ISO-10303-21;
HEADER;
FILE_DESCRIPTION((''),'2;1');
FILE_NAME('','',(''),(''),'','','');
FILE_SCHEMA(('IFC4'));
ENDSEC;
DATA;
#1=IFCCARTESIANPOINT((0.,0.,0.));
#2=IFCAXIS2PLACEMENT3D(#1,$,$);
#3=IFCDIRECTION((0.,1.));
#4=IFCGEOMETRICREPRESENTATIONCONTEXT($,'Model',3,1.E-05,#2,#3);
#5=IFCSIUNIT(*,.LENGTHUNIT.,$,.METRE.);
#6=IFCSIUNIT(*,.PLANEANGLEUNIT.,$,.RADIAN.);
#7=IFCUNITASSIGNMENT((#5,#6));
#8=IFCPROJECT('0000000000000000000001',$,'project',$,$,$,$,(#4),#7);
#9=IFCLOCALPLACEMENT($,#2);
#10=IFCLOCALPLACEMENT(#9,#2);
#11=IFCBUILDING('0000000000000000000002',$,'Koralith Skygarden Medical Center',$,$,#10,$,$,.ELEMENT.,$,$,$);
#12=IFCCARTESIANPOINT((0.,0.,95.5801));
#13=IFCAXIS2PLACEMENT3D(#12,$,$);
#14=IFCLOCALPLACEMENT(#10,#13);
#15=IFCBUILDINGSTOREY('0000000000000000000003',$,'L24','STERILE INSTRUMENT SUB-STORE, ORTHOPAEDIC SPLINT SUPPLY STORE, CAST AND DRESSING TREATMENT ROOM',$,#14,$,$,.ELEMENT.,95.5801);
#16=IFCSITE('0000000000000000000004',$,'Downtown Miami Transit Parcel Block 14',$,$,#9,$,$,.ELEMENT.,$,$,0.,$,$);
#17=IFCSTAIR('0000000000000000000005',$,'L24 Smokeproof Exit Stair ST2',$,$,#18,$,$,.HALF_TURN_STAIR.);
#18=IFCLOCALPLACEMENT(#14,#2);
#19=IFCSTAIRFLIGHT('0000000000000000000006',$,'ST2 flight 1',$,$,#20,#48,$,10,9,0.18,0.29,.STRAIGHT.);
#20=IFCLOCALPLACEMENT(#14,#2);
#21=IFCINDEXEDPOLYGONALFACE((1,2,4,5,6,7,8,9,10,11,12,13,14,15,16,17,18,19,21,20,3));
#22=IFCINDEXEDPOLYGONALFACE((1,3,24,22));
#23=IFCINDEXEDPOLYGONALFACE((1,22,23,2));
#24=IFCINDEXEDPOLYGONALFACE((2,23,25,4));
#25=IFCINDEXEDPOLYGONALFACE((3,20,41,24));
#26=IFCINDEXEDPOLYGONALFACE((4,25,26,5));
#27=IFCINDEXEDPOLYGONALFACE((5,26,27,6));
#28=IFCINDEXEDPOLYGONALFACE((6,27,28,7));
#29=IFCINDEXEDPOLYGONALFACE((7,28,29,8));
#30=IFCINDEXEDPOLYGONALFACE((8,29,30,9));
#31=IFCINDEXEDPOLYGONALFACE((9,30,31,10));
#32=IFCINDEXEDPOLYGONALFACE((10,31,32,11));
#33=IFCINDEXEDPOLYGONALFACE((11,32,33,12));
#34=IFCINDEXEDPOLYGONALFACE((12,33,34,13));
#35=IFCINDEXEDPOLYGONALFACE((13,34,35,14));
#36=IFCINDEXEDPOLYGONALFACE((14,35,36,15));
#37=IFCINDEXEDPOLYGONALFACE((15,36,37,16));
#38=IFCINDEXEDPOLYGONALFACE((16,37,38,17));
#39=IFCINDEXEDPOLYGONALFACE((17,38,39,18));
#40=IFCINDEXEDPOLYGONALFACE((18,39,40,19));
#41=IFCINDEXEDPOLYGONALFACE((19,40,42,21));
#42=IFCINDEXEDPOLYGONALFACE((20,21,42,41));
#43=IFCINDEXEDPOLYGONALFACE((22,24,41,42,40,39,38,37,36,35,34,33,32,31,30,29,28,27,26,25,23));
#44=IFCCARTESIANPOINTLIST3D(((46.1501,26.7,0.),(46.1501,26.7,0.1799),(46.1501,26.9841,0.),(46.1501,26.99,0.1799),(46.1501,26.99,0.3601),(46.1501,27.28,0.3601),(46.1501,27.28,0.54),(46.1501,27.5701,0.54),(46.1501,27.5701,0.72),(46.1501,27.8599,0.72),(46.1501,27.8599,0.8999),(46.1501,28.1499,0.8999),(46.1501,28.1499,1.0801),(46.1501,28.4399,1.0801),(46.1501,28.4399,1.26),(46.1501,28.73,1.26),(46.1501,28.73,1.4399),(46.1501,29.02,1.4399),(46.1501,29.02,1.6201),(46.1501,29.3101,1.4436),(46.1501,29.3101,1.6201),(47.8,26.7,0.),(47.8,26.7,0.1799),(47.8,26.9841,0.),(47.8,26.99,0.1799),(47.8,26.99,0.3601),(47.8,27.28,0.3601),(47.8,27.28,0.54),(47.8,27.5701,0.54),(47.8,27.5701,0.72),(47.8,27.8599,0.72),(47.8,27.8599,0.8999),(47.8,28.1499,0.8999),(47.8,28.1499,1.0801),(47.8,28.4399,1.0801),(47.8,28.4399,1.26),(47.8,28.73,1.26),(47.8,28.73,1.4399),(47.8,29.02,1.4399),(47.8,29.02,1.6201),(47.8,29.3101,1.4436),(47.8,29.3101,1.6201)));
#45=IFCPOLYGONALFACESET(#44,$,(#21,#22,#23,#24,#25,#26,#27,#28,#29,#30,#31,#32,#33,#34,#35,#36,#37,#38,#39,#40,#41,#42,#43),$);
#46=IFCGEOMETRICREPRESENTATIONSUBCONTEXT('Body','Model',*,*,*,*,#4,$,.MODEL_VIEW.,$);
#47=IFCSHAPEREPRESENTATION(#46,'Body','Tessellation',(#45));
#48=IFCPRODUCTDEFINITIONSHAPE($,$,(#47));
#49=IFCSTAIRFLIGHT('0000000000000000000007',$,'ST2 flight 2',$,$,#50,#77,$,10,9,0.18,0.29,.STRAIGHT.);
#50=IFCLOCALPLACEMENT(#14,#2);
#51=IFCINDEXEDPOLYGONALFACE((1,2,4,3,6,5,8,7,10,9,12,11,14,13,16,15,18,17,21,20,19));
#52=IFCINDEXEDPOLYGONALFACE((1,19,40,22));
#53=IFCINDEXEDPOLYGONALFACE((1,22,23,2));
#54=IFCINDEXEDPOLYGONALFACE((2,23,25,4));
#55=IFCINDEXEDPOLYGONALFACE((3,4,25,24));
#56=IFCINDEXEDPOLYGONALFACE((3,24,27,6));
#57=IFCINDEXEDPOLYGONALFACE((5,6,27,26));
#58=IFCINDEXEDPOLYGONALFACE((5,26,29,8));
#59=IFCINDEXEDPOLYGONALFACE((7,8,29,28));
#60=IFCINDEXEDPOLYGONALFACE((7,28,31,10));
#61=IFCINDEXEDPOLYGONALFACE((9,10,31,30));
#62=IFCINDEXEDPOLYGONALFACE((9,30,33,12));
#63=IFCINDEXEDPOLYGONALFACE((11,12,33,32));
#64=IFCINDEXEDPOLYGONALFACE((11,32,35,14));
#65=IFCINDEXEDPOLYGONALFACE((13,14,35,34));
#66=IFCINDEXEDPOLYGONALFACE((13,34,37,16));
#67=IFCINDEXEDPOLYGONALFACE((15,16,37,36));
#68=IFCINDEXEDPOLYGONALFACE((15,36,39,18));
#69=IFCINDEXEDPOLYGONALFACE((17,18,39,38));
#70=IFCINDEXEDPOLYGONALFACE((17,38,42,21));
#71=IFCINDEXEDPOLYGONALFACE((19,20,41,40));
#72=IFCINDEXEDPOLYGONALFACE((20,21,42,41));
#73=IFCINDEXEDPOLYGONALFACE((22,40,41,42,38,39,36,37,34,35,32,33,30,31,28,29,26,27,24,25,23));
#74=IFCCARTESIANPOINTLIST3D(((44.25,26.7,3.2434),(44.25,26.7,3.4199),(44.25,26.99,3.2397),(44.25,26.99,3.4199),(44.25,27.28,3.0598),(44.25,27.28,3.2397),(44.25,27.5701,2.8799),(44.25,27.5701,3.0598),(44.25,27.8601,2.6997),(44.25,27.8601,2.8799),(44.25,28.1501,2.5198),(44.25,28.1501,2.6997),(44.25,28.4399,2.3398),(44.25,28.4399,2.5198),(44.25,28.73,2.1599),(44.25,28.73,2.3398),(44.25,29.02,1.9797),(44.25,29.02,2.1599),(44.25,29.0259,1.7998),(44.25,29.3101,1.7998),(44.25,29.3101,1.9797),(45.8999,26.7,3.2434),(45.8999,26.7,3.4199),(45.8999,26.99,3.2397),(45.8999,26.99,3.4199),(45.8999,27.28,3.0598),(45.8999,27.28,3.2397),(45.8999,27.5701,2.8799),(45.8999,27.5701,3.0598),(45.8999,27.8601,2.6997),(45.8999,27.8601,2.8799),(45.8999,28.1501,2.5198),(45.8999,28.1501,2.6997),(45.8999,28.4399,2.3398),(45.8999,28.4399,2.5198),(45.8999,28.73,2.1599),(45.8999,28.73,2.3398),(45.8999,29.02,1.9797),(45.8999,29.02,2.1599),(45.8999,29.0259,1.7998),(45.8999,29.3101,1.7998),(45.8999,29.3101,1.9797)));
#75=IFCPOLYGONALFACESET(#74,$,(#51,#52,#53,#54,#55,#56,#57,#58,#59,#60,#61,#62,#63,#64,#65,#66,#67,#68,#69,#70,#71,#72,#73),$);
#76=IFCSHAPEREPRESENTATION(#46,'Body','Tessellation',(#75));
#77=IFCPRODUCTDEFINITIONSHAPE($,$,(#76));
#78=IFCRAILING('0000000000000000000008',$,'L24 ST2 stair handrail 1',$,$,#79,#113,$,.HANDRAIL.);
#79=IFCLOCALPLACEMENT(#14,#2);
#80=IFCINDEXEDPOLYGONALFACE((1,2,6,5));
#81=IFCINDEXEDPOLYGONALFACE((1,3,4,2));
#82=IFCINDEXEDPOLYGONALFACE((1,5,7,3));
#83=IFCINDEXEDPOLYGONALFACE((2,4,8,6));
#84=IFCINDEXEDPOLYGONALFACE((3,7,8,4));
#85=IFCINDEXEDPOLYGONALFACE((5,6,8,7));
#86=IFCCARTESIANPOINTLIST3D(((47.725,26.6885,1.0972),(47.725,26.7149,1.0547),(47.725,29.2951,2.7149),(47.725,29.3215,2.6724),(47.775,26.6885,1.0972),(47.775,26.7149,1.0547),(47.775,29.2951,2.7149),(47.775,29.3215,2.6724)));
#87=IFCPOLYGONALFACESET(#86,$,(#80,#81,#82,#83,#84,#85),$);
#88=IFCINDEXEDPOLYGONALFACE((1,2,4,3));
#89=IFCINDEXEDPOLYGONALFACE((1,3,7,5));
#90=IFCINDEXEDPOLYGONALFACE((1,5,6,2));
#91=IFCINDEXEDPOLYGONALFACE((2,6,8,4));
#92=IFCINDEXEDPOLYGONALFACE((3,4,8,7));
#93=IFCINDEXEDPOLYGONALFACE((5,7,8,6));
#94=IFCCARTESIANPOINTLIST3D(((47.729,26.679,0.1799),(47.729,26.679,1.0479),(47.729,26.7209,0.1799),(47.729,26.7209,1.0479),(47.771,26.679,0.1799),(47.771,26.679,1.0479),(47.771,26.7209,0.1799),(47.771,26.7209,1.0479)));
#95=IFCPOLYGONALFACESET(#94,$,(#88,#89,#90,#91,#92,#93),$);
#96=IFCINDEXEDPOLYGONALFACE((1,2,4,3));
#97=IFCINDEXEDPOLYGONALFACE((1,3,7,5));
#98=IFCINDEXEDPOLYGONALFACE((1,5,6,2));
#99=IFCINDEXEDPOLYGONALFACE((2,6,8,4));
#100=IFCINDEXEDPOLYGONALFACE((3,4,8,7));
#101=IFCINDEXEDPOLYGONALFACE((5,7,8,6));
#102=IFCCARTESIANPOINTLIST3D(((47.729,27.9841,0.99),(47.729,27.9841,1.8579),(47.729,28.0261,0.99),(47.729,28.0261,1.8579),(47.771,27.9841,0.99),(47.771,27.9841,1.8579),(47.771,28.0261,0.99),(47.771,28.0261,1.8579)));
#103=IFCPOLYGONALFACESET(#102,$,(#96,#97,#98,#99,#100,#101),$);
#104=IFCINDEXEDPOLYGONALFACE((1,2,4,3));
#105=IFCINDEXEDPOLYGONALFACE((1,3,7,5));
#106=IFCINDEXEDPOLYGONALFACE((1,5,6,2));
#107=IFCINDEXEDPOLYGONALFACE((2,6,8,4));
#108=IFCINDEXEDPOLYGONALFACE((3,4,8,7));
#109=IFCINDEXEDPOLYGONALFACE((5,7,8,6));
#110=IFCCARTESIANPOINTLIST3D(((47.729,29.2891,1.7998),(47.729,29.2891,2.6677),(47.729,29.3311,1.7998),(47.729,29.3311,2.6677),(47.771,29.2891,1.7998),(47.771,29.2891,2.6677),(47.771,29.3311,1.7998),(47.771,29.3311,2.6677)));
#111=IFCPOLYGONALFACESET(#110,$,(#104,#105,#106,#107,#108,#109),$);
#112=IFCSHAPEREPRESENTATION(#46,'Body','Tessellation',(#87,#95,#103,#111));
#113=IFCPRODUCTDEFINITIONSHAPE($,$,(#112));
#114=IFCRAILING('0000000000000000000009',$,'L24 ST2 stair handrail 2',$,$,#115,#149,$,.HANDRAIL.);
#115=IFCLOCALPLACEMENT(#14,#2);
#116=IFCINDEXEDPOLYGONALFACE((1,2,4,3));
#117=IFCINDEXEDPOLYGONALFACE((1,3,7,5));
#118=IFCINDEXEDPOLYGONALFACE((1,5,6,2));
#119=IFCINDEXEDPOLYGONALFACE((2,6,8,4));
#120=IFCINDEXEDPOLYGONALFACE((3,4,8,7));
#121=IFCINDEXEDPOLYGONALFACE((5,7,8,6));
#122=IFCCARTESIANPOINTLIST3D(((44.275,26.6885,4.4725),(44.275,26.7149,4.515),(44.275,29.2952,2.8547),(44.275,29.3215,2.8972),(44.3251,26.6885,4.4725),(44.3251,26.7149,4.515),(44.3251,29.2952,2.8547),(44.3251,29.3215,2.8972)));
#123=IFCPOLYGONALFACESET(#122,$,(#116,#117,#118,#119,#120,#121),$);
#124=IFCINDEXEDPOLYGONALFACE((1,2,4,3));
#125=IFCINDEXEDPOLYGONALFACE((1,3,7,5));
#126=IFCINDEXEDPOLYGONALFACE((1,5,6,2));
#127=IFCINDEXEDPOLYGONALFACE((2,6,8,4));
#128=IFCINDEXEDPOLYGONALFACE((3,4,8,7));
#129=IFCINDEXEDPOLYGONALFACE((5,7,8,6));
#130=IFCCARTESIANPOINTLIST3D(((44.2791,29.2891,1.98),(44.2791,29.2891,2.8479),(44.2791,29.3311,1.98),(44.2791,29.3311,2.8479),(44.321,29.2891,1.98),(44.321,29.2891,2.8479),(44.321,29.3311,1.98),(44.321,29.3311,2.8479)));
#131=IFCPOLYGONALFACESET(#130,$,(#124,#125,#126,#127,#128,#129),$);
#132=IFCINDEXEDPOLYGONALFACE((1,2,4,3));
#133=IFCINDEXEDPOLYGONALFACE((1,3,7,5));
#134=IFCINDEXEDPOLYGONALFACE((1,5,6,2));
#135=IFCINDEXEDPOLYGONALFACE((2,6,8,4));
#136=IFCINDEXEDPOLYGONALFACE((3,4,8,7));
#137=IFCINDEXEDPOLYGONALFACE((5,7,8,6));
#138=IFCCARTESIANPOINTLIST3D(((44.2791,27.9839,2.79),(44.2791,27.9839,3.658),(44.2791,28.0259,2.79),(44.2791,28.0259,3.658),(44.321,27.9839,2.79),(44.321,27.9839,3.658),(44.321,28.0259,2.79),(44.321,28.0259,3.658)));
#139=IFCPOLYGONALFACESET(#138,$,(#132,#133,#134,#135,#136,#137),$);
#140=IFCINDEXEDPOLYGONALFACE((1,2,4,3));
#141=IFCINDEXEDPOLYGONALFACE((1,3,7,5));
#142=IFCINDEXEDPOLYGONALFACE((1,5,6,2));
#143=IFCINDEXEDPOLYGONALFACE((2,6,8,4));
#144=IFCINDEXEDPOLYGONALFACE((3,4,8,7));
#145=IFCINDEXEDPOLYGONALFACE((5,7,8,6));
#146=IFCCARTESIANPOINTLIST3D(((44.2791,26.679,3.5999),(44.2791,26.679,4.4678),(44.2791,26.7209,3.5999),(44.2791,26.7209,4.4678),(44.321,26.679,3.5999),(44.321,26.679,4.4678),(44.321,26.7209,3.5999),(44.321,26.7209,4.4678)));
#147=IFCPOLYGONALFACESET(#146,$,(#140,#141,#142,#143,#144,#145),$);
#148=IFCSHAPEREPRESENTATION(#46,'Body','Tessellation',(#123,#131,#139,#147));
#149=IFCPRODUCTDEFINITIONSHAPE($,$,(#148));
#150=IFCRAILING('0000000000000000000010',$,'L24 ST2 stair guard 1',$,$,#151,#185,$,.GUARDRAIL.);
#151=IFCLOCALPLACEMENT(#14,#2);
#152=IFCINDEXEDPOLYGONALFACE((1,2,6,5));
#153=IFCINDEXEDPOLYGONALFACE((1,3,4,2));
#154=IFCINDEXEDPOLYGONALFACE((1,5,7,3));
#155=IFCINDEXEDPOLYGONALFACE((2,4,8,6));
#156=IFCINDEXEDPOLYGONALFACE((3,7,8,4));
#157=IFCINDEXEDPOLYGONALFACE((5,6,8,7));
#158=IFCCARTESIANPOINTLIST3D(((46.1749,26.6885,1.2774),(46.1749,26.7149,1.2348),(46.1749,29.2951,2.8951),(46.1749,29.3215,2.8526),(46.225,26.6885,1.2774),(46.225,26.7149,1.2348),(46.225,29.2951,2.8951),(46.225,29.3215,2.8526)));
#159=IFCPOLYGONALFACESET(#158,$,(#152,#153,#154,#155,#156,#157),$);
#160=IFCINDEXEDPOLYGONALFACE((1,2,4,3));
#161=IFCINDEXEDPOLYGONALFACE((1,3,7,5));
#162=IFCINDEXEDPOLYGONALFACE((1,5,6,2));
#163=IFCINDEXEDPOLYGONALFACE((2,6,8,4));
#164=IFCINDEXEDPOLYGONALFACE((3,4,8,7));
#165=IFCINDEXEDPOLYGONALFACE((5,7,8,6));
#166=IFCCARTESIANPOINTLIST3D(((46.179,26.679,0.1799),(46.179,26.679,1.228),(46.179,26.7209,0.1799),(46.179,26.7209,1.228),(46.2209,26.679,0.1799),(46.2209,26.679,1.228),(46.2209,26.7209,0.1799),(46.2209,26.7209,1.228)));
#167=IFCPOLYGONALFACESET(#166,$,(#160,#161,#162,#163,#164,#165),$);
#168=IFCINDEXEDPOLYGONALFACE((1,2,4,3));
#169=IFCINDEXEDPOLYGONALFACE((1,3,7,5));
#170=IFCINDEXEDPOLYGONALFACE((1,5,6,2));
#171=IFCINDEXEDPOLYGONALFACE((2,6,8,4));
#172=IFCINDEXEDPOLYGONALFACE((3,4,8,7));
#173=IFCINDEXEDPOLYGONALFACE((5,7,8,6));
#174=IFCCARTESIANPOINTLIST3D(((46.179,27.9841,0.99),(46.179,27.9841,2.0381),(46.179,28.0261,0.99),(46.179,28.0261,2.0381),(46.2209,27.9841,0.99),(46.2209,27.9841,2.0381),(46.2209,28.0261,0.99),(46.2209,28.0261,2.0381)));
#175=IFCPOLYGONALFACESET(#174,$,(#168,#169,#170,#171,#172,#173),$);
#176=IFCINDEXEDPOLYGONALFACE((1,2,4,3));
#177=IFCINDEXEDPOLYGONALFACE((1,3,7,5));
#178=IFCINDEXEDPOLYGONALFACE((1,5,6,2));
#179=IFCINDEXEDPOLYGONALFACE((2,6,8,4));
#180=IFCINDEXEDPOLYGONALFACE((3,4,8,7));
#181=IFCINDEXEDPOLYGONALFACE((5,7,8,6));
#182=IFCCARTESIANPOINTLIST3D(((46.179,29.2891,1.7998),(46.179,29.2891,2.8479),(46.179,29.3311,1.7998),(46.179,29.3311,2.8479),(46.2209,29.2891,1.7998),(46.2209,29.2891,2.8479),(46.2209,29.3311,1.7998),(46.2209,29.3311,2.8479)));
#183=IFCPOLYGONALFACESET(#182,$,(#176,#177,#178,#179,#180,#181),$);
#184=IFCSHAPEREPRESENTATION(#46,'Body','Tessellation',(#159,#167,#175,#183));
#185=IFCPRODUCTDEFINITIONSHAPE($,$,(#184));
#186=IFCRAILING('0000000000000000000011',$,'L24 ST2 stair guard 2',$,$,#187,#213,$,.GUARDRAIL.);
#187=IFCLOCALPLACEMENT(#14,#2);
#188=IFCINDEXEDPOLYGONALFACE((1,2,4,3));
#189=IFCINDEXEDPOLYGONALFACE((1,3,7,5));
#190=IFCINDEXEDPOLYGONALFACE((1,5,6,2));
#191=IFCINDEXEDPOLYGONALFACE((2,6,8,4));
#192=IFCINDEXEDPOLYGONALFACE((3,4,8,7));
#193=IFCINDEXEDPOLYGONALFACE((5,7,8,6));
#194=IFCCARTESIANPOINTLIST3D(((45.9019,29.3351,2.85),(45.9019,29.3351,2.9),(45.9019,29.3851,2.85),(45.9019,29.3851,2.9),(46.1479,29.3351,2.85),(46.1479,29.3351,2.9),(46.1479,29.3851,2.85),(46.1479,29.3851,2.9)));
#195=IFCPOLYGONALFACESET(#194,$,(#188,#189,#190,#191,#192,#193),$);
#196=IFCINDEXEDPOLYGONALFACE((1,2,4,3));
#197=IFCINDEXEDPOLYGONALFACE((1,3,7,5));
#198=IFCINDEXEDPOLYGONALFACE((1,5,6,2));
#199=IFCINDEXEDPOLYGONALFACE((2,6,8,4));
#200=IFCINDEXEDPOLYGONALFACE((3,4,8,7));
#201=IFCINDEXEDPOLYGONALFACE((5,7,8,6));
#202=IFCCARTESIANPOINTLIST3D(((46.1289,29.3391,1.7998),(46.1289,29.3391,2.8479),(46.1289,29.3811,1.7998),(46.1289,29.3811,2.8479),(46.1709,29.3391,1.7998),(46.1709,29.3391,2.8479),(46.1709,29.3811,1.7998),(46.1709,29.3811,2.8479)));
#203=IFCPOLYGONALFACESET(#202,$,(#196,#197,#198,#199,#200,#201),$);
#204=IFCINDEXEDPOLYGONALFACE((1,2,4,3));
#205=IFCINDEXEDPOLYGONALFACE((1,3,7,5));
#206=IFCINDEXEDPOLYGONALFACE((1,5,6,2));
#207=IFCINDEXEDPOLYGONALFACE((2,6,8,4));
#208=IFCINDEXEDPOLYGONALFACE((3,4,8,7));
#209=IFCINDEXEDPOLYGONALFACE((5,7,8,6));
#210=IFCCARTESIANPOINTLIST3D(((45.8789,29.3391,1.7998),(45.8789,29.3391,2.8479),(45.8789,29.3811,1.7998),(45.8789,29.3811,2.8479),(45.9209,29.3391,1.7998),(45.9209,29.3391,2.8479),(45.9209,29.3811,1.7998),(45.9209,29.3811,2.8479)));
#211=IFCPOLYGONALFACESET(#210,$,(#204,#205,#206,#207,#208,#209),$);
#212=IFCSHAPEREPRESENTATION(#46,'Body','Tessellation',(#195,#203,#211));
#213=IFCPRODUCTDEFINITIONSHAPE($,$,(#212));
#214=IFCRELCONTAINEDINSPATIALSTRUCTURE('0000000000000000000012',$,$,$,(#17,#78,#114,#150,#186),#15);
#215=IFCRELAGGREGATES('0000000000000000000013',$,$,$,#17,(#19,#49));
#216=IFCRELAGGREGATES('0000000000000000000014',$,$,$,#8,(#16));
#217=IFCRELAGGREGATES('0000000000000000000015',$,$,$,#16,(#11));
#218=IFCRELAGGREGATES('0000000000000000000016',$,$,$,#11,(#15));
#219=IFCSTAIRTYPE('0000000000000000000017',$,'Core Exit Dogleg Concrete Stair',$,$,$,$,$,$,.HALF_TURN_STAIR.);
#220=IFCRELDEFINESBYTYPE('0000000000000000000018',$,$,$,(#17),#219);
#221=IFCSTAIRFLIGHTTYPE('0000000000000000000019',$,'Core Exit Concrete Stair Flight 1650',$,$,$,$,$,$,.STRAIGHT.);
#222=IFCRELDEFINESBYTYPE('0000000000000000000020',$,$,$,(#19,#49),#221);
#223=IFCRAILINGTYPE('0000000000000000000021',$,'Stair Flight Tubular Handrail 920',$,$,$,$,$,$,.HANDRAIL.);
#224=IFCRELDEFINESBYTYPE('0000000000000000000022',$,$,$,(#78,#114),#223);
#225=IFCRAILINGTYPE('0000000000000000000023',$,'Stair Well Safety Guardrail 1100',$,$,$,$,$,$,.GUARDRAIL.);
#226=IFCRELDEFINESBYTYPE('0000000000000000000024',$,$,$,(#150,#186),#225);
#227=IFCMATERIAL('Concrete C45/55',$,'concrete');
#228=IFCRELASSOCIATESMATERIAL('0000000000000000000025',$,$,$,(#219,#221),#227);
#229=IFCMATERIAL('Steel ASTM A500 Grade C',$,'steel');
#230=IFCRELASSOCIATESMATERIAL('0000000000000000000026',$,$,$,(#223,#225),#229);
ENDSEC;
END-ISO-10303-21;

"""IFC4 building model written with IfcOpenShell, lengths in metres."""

from ifc_helpers import new_model, si_unit, direction, frame, origin, origin_2d, place, context, subcontext, project, spatial, polyline, rectangle, outline, extrude, material, type_object, element, aggregate, save


model = new_model("IFC4")

# Units and contexts
model_context = context("Model", 3, precision=1e-05, world=origin(), true_north=direction((0.0, 1.0)))
body_context = subcontext(model_context, "Body", "Model", "MODEL_VIEW")
ifc_project = project(units=[si_unit("LENGTHUNIT", "METRE"), si_unit("PLANEANGLEUNIT", "RADIAN")], contexts=[model_context])

# Site, building, storey
site_placement = place(None, origin())
site = spatial("IfcSite", under=ifc_project, at=site_placement, Name="Downtown Miami Transit Parcel Block 14", CompositionType="ELEMENT", RefElevation=0.0)
building_placement = place(site_placement, origin())
building = spatial("IfcBuilding", under=site, at=building_placement, Name="Koralith Skygarden Medical Center", CompositionType="ELEMENT")
storey_placement = place(building_placement, frame((0.0, 0.0, 95.5801)))
storey = spatial("IfcBuildingStorey", under=building, at=storey_placement, Name="L24", Description="STERILE INSTRUMENT SUB-STORE, ORTHOPAEDIC SPLINT SUPPLY STORE, CAST AND DRESSING TREATMENT ROOM", CompositionType="ELEMENT", Elevation=95.5801)

# Shared definitions
ifc_material_1 = material(Name="Concrete C45/55", Category="concrete")

# Shared definitions
ifc_material_2 = material(Name="Steel ASTM A500 Grade C", Category="steel")

# Stair, stair flights
stair_type = type_object("IfcStairType", Name="Core Exit Dogleg Concrete Stair", PredefinedType="HALF_TURN_STAIR", material=ifc_material_1)
stair_placement = place(storey_placement, origin())
stair = element("IfcStair", 1, at=stair_placement, inside=storey, type_object=stair_type, Name="L24 Smokeproof Exit Stair ST2", PredefinedType="HALF_TURN_STAIR")
stair_flight_type = type_object("IfcStairFlightType", Name="Core Exit Concrete Stair Flight 1650", PredefinedType="STRAIGHT", material=ifc_material_1)
stair_flight_1_placement = place(storey_placement, frame((46.9751, 26.7, 0.0), z_axis=(0.0, 0.0, 1.0), x_axis=(0.0, 1.0, 0.0)))
stair_flight_1 = element("IfcStairFlight", 2, at=stair_flight_1_placement, type_object=stair_flight_type, Name="ST2 flight 1", NumberOfRisers=10, NumberOfTreads=9, PredefinedType="STRAIGHT", RiserHeight=0.18, TreadLength=0.29, context=body_context, shape_type="SweptSolid", body=[
    extrude(outline(polyline([(0.0, 0.0), (0.0, 0.1799), (0.29, 0.1799), (0.29, 0.3601), (0.5801, 0.3601), (0.5801, 0.54), (0.8701, 0.54), (0.8701, 0.72), (1.1599, 0.72), (1.1599, 0.8999), (1.45, 0.8999), (1.45, 1.0801), (1.74, 1.0801), (1.74, 1.26), (2.03, 1.26), (2.03, 1.4399), (2.3201, 1.4399), (2.3201, 1.6201), (2.6101, 1.6201), (2.6101, 1.8), (2.6101, 1.4436), (0.2842, 0.0), (0.0, 0.0)])), frame((0.0, 0.825, 0.0), z_axis=(0.0, -1.0, 0.0), x_axis=(1.0, 0.0, 0.0)), (0.0, 0.0, 1.0), 1.6499),
])
stair_flight_2_placement = place(storey_placement, frame((45.075, 29.3101, 1.7998), z_axis=(0.0, 0.0, 1.0), x_axis=(0.0, -1.0, 0.0)))
stair_flight_2 = element("IfcStairFlight", 3, at=stair_flight_2_placement, type_object=stair_flight_type, Name="ST2 flight 2", NumberOfRisers=10, NumberOfTreads=9, PredefinedType="STRAIGHT", RiserHeight=0.18, TreadLength=0.29, context=body_context, shape_type="SweptSolid", body=[
    extrude(outline(polyline([(0.0, 0.0), (0.0, 0.1799), (0.29, 0.1799), (0.29, 0.3601), (0.5801, 0.3601), (0.5801, 0.54), (0.8701, 0.54), (0.8701, 0.72), (1.1599, 0.72), (1.1599, 0.8999), (1.45, 0.8999), (1.45, 1.0801), (1.74, 1.0801), (1.74, 1.26), (2.03, 1.26), (2.03, 1.4399), (2.3201, 1.4399), (2.3201, 1.6201), (2.6101, 1.6201), (2.6101, 1.8), (2.6101, 1.4436), (0.2842, 0.0), (0.0, 0.0)])), frame((0.0, 0.825, 0.0), z_axis=(0.0, -1.0, 0.0), x_axis=(1.0, 0.0, 0.0)), (0.0, 0.0, 1.0), 1.6499),
])
aggregate(stair, [stair_flight_1, stair_flight_2])

# Railings
railing_type_1 = type_object("IfcRailingType", Name="Stair Flight Tubular Handrail 920", PredefinedType="HANDRAIL", material=ifc_material_2)
railing_1_placement = place(storey_placement, frame((47.75, 26.7, 0.1799)))
element("IfcRailing", 4, at=railing_1_placement, inside=storey, type_object=railing_type_1, Name="L24 ST2 stair handrail 1", PredefinedType="HANDRAIL", context=body_context, shape_type="SweptSolid", body=[
    extrude(rectangle(XDim=0.05, YDim=0.05, at=origin_2d()), frame((0.0, 0.0017, 0.896), z_axis=(0.0, 0.849668, 0.527317), x_axis=(-1.0, 0.0, 0.0)), (0.0, 0.0, 1.0), 3.0679),
    extrude(rectangle(XDim=0.042, YDim=0.042, at=origin_2d()), origin(), (0.0, 0.0, 1.0), 0.8679),
    extrude(rectangle(XDim=0.042, YDim=0.042, at=origin_2d()), frame((0.0, 1.3052, 0.8101)), (0.0, 0.0, 1.0), 0.8679),
    extrude(rectangle(XDim=0.042, YDim=0.042, at=origin_2d()), frame((0.0, 2.6101, 1.6199)), (0.0, 0.0, 1.0), 0.8679),
])
railing_2_placement = place(storey_placement, frame((44.3, 29.3101, 1.98)))
element("IfcRailing", 5, at=railing_2_placement, inside=storey, type_object=railing_type_1, Name="L24 ST2 stair handrail 2", PredefinedType="HANDRAIL", context=body_context, shape_type="SweptSolid", body=[
    extrude(rectangle(XDim=0.05, YDim=0.05, at=origin_2d()), frame((0.0, -0.0017, 0.896), z_axis=(0.0, -0.849668, 0.527317), x_axis=(1.0, 0.0, 0.0)), (0.0, 0.0, 1.0), 3.0679),
    extrude(rectangle(XDim=0.042, YDim=0.042, at=origin_2d()), origin(), (0.0, 0.0, 1.0), 0.8679),
    extrude(rectangle(XDim=0.042, YDim=0.042, at=origin_2d()), frame((0.0, -1.3052, 0.8101)), (0.0, 0.0, 1.0), 0.8679),
    extrude(rectangle(XDim=0.042, YDim=0.042, at=origin_2d()), frame((0.0, -2.6101, 1.6199)), (0.0, 0.0, 1.0), 0.8679),
])
railing_type_2 = type_object("IfcRailingType", Name="Stair Well Safety Guardrail 1100", PredefinedType="GUARDRAIL", material=ifc_material_2)
railing_3_placement = place(storey_placement, frame((46.2, 26.7, 0.1799)))
element("IfcRailing", 6, at=railing_3_placement, inside=storey, type_object=railing_type_2, Name="L24 ST2 stair guard 1", PredefinedType="GUARDRAIL", context=body_context, shape_type="SweptSolid", body=[
    extrude(rectangle(XDim=0.05, YDim=0.05, at=origin_2d()), frame((0.0, 0.0017, 1.0762), z_axis=(0.0, 0.849668, 0.527317), x_axis=(-1.0, 0.0, 0.0)), (0.0, 0.0, 1.0), 3.0679),
    extrude(rectangle(XDim=0.042, YDim=0.042, at=origin_2d()), origin(), (0.0, 0.0, 1.0), 1.0481),
    extrude(rectangle(XDim=0.042, YDim=0.042, at=origin_2d()), frame((0.0, 1.3052, 0.8101)), (0.0, 0.0, 1.0), 1.0481),
    extrude(rectangle(XDim=0.042, YDim=0.042, at=origin_2d()), frame((0.0, 2.6101, 1.6199)), (0.0, 0.0, 1.0), 1.0481),
])
railing_4_placement = place(storey_placement, frame((46.1499, 29.3601, 1.7998)))
element("IfcRailing", 7, at=railing_4_placement, inside=storey, type_object=railing_type_2, Name="L24 ST2 stair guard 2", PredefinedType="GUARDRAIL", context=body_context, shape_type="SweptSolid", body=[
    extrude(rectangle(XDim=0.05, YDim=0.05, at=origin_2d()), frame((-0.002, 0.0, 1.0752), z_axis=(-1.0, 0.0, 0.0), x_axis=(0.0, -1.0, 0.0)), (0.0, 0.0, 1.0), 0.2461),
    extrude(rectangle(XDim=0.042, YDim=0.042, at=origin_2d()), origin(), (0.0, 0.0, 1.0), 1.0481),
    extrude(rectangle(XDim=0.042, YDim=0.042, at=origin_2d()), frame((-0.25, 0.0, 0.0)), (0.0, 0.0, 1.0), 1.0481),
])

save(model, "model.ifc")
